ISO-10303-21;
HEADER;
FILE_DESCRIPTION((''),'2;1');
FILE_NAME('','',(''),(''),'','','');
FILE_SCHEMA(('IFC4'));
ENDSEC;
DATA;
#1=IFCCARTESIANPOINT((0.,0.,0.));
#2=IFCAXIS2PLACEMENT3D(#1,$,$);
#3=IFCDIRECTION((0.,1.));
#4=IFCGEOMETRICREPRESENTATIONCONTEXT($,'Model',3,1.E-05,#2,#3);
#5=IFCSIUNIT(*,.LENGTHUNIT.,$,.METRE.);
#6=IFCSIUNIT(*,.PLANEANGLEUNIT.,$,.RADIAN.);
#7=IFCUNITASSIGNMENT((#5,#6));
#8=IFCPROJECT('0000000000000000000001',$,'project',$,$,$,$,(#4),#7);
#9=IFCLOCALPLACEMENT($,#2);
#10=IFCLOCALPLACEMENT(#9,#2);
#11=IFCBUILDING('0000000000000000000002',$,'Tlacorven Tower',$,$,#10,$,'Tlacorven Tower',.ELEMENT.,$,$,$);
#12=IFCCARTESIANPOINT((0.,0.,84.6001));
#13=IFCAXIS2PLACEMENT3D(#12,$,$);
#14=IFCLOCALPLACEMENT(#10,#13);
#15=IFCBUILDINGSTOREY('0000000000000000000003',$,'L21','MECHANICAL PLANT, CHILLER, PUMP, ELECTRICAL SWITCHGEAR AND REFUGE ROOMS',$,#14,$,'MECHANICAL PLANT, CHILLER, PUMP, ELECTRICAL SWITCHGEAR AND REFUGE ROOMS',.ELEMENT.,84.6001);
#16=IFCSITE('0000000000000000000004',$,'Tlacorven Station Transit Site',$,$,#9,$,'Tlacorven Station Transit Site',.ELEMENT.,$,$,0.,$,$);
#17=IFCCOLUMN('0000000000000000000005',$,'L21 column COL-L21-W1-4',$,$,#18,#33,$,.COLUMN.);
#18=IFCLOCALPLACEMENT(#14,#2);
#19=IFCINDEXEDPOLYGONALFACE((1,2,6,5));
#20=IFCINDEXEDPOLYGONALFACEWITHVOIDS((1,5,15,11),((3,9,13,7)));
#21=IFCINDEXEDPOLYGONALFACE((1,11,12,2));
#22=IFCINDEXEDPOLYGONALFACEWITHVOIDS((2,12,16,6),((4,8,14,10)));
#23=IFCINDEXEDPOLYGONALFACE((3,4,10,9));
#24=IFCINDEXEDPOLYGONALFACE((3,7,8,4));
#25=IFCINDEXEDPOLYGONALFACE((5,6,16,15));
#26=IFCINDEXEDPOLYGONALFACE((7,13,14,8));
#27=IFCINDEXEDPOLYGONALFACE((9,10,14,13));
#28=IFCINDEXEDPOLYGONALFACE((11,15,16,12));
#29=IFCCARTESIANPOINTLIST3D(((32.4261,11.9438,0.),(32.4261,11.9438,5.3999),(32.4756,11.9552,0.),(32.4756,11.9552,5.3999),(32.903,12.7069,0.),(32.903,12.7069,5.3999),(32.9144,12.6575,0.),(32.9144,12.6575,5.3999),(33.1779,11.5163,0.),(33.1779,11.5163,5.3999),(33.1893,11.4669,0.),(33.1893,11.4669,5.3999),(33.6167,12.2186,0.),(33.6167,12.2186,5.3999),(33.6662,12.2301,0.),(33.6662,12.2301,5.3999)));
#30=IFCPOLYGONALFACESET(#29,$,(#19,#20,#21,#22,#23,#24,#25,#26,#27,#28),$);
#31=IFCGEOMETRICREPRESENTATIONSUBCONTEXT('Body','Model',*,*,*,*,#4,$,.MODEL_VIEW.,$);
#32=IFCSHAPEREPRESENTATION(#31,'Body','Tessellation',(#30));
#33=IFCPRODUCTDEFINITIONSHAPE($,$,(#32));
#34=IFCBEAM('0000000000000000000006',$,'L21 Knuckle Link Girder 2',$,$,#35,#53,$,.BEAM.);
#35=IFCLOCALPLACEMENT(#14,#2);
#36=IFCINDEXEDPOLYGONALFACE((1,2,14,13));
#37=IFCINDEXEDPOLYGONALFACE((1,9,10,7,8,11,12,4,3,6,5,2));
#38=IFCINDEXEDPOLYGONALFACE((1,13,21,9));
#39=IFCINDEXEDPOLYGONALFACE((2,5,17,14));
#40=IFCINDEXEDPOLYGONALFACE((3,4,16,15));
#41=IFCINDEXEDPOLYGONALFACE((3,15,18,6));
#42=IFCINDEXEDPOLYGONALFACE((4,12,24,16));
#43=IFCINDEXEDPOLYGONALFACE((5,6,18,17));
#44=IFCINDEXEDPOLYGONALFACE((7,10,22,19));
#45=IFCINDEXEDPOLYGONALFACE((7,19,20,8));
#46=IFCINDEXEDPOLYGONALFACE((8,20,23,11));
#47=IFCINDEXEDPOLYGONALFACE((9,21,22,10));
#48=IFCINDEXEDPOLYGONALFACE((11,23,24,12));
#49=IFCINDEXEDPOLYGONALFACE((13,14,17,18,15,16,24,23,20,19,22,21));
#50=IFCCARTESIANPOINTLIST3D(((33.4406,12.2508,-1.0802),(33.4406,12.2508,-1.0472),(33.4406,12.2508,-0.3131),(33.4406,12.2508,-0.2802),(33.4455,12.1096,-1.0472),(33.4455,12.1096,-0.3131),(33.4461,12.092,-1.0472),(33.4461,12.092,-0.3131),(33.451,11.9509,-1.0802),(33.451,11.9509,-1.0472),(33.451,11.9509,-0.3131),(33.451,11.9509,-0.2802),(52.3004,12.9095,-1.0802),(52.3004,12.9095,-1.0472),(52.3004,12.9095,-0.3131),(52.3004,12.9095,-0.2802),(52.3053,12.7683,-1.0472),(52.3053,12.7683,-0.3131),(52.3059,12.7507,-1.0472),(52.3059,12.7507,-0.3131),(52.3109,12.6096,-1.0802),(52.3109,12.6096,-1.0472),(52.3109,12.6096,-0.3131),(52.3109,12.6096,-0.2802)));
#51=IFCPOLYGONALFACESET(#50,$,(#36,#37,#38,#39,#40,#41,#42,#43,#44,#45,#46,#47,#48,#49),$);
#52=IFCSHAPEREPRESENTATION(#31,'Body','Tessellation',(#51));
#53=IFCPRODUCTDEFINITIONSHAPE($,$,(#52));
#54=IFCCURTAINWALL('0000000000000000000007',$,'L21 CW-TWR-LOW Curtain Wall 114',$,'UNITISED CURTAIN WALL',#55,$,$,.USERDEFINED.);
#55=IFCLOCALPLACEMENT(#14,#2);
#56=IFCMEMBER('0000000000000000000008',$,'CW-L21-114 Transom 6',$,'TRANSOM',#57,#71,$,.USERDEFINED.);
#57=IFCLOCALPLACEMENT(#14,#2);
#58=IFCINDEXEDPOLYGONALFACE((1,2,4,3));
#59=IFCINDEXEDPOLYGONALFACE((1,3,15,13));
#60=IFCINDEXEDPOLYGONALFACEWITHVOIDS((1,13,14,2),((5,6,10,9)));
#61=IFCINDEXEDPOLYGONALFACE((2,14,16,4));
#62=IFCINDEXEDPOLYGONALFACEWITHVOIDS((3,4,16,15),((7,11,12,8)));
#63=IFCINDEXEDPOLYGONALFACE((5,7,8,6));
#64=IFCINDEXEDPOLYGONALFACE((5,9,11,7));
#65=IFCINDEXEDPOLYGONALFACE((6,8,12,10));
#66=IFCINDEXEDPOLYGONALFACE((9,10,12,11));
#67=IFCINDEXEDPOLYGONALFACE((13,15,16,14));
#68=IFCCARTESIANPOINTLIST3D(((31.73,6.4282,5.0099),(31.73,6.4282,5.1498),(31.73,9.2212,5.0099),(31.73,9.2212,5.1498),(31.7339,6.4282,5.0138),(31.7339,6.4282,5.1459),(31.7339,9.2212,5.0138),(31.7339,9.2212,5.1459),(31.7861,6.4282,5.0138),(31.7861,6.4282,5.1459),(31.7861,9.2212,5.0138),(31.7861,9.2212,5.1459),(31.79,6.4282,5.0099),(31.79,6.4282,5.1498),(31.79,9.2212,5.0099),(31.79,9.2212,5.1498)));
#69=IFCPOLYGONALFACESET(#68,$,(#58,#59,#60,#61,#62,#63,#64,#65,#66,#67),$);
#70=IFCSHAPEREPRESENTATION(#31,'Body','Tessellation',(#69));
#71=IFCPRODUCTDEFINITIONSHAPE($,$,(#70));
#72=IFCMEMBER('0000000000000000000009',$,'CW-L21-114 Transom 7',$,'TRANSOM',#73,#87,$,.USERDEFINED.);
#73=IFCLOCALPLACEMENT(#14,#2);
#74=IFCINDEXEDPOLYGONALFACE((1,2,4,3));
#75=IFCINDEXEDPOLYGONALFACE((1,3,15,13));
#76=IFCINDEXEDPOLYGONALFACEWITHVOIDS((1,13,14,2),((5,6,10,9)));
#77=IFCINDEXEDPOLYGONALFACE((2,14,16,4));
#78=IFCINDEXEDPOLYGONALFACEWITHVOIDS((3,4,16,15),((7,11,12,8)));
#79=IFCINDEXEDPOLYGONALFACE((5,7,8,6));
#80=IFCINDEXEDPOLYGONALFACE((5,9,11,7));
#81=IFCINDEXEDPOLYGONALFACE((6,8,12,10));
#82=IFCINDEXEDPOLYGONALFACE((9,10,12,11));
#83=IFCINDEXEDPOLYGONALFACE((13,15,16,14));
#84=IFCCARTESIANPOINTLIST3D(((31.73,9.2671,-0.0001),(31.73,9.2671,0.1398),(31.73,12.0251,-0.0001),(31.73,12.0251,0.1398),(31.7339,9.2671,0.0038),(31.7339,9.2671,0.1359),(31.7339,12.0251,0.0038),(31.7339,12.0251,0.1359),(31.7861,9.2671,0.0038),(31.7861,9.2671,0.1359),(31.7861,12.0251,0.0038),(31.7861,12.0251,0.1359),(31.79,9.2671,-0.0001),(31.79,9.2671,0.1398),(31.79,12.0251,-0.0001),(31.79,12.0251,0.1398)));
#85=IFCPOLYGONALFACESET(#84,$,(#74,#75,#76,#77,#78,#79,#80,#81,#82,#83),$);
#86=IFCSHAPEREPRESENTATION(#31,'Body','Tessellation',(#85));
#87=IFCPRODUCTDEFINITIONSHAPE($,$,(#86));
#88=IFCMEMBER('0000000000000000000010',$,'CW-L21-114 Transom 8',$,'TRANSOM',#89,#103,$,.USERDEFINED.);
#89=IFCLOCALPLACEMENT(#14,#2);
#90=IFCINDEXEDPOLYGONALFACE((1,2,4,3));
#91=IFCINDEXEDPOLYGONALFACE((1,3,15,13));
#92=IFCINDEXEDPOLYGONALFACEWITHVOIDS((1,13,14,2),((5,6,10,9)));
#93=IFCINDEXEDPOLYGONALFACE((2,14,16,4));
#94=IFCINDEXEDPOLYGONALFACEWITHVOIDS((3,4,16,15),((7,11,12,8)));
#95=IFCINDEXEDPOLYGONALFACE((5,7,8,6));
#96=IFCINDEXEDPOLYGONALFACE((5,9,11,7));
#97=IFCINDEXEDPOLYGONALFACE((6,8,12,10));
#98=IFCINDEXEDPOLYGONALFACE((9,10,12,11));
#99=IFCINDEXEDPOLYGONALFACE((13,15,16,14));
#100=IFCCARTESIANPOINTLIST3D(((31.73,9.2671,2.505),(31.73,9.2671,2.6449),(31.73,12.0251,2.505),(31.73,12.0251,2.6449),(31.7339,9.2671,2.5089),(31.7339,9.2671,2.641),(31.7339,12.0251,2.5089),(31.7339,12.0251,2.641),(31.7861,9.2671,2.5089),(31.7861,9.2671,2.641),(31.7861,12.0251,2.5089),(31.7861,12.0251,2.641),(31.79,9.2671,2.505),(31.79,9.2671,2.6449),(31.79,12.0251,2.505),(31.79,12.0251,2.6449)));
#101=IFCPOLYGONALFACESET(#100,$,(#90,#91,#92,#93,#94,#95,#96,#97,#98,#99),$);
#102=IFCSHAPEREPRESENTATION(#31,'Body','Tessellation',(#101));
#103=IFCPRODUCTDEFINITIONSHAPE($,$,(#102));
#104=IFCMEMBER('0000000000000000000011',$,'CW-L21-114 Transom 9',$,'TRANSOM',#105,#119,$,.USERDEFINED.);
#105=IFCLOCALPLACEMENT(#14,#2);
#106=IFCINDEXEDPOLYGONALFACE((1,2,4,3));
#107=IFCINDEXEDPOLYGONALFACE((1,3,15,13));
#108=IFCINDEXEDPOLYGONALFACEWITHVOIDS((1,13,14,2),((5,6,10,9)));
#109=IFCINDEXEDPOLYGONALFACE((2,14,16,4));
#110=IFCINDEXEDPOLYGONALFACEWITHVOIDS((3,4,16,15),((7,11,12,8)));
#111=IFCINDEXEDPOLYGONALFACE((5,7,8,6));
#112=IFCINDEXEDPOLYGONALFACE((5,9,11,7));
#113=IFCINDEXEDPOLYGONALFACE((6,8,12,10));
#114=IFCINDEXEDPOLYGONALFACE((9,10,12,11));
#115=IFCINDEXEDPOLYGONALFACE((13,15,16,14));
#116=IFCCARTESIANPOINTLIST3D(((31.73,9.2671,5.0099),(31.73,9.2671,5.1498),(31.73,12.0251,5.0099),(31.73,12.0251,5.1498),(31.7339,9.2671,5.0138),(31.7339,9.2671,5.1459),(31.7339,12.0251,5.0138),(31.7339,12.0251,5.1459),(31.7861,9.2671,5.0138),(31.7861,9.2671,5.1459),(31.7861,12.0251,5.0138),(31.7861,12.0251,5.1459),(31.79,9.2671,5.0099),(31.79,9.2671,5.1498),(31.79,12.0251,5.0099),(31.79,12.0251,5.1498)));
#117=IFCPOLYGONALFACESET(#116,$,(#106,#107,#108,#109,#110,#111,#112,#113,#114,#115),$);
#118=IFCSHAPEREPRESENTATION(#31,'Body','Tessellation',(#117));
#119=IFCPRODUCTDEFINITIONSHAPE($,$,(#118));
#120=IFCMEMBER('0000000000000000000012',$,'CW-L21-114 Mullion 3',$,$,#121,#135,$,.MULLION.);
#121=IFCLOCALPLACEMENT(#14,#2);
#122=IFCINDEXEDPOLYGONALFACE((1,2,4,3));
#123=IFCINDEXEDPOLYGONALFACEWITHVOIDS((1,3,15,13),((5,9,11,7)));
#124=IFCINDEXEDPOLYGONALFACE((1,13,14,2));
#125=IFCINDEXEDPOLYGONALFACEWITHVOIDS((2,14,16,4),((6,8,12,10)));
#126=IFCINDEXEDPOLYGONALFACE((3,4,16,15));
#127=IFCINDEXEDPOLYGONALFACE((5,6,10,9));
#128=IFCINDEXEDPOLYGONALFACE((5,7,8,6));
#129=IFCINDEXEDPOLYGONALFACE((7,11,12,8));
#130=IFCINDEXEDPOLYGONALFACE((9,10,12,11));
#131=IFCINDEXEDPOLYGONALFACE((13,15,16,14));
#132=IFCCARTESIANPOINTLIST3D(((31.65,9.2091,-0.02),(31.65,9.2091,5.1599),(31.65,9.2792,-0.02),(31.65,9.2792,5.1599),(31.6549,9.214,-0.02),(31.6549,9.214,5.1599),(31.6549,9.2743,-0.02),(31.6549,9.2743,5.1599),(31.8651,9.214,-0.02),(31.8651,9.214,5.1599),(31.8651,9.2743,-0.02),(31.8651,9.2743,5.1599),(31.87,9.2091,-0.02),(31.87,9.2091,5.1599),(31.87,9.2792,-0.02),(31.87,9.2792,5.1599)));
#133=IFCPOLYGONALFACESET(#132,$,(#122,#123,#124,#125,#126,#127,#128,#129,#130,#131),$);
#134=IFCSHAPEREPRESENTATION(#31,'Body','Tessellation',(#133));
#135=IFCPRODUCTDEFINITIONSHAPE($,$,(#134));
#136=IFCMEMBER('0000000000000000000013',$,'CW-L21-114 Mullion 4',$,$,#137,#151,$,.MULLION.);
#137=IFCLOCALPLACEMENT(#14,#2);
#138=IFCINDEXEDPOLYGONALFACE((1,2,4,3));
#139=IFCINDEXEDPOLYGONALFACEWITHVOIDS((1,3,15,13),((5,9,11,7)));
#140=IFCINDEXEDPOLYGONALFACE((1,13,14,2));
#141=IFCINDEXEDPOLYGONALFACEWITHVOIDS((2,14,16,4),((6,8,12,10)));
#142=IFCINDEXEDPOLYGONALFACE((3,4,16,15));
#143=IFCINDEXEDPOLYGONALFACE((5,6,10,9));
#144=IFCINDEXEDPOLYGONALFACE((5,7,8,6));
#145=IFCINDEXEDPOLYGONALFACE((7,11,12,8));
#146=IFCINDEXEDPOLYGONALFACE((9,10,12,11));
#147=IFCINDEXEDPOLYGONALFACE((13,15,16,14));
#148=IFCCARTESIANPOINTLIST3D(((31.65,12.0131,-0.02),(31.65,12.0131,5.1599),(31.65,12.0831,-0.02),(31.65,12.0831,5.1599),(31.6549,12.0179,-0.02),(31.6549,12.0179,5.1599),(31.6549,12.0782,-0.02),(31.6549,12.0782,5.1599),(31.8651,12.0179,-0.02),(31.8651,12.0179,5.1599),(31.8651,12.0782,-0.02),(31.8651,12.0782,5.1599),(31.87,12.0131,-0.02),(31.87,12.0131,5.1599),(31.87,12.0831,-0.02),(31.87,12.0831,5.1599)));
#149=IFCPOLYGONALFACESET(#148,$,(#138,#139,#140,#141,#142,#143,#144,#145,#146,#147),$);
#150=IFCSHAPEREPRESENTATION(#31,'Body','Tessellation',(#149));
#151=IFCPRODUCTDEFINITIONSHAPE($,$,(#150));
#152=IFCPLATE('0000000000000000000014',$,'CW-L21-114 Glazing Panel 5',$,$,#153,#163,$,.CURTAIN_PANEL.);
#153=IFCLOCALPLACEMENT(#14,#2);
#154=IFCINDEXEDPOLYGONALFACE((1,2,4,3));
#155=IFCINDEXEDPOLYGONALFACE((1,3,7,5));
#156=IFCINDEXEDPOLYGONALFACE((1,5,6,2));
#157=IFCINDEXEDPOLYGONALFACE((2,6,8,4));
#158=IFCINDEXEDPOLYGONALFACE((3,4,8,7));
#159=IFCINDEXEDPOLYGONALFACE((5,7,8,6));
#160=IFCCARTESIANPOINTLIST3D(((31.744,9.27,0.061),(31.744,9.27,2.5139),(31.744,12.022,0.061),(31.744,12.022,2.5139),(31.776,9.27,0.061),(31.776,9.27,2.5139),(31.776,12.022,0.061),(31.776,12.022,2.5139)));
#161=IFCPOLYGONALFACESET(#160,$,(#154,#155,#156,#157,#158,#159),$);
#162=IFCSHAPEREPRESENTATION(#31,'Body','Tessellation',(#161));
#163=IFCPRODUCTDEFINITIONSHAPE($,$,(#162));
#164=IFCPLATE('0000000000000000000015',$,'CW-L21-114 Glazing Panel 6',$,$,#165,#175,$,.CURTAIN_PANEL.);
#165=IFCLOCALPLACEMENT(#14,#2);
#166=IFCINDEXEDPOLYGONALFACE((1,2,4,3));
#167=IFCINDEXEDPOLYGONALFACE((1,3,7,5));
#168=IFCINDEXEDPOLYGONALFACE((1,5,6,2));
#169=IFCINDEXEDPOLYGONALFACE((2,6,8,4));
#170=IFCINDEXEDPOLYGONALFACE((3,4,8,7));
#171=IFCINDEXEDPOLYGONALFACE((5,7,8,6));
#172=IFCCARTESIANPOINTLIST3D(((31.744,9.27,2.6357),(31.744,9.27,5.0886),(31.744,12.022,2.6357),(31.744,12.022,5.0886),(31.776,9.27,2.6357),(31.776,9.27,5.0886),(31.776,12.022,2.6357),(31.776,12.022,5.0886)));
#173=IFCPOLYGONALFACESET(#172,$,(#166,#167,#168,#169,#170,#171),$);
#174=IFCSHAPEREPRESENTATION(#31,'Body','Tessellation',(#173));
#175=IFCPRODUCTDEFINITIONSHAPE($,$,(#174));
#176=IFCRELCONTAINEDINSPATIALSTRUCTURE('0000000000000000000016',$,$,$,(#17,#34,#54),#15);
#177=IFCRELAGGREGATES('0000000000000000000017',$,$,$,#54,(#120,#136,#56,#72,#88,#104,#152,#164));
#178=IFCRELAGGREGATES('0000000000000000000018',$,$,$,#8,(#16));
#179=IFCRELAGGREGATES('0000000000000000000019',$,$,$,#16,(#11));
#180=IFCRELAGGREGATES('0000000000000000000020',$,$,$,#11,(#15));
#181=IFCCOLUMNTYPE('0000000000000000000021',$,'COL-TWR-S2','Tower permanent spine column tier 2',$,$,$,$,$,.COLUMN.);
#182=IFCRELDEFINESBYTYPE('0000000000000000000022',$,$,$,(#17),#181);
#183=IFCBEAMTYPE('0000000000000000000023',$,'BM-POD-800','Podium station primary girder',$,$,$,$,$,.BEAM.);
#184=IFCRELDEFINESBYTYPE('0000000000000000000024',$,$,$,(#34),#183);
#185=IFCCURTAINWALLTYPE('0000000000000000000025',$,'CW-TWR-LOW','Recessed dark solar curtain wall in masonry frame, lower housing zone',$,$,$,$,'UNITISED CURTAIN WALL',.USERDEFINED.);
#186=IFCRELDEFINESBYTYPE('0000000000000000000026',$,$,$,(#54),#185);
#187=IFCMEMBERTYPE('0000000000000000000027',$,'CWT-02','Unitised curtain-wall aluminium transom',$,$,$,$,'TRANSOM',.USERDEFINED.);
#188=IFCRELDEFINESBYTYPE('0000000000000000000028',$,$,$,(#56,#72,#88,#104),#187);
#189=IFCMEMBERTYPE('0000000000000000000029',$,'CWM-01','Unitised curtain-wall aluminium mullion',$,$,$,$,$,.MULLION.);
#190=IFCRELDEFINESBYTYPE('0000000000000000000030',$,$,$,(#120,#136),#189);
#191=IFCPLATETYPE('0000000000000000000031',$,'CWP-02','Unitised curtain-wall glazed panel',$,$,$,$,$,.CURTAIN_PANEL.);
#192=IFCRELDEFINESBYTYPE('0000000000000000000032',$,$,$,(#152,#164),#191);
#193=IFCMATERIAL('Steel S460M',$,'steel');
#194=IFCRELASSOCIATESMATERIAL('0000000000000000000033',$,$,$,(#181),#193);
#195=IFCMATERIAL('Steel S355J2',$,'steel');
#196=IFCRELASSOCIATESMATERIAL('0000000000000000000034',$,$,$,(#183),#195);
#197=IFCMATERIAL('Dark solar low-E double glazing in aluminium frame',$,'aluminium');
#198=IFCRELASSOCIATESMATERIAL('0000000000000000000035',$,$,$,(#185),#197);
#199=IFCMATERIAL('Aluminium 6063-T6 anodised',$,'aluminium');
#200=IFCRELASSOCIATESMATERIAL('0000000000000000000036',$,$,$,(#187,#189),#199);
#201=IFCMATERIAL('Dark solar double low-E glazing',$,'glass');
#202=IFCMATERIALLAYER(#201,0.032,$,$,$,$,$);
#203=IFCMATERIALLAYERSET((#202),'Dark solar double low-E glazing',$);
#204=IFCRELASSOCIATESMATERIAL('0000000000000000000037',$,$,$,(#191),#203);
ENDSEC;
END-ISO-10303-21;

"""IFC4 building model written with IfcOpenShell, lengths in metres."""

from ifc_helpers import new_model, si_unit, direction, frame, origin, origin_2d, place, context, subcontext, project, spatial, rectangle, hollow_rectangle, i_section, extrude, source, transform, mapped, material, layer, layer_set, material_profile, profile_set, type_object, element, aggregate, save


model = new_model("IFC4")

# Units and contexts
model_context = context("Model", 3, precision=1e-05, world=origin(), true_north=direction((0.0, 1.0)))
body_context = subcontext(model_context, "Body", "Model", "MODEL_VIEW")
ifc_project = project(units=[si_unit("LENGTHUNIT", "METRE"), si_unit("PLANEANGLEUNIT", "RADIAN")], contexts=[model_context])

# Site, building, storey
site_placement = place(None, origin())
site = spatial("IfcSite", under=ifc_project, at=site_placement, Name="Tlacorven Station Transit Site", LongName="Tlacorven Station Transit Site", CompositionType="ELEMENT", RefElevation=0.0)
building_placement = place(site_placement, origin())
building = spatial("IfcBuilding", under=site, at=building_placement, Name="Tlacorven Tower", LongName="Tlacorven Tower", CompositionType="ELEMENT")
storey_placement = place(building_placement, frame((0.0, 0.0, 84.6001)))
storey = spatial("IfcBuildingStorey", under=building, at=storey_placement, Name="L21", Description="MECHANICAL PLANT, CHILLER, PUMP, ELECTRICAL SWITCHGEAR AND REFUGE ROOMS", LongName="MECHANICAL PLANT, CHILLER, PUMP, ELECTRICAL SWITCHGEAR AND REFUGE ROOMS", CompositionType="ELEMENT", Elevation=84.6001)

# Column
ifc_material_1 = material(Name="Steel S460M", Category="steel")
ifc_material_profile_1 = material_profile(ifc_material_1, hollow_rectangle(XDim=0.8999, YDim=0.8999, WallThickness=0.0359, at=origin_2d()), Name="BOX 900X900X36")
ifc_profile_set_1 = profile_set([ifc_material_profile_1], Name="Steel S460M")
column_type = type_object("IfcColumnType", Name="COL-TWR-S2", Description="Tower permanent spine column tier 2", PredefinedType="COLUMN", material=ifc_profile_set_1)
shared_shape_1 = source(origin(), body_context, "Body", "SweptSolid", [
    extrude(hollow_rectangle(XDim=0.8999, YDim=0.8999, WallThickness=0.0359, at=origin_2d()), origin(), (0.0, 0.0, 1.0), 5.3999),
])
column_placement = place(storey_placement, frame((33.0461, 12.0869, 0.0), z_axis=(0.0, 0.0, 1.0), x_axis=(-0.848048, 0.529919, 0.0)))
element("IfcColumn", 1, at=column_placement, inside=storey, type_object=column_type, Name="L21 column COL-L21-W1-4", PredefinedType="COLUMN", context=body_context, shape_type="MappedRepresentation", body=[
    mapped(shared_shape_1, transform((0.0, 0.0, 0.0), scale=1.0)),
])

# Beam
ifc_material_2 = material(Name="Steel S355J2", Category="steel")
ifc_material_profile_2 = material_profile(ifc_material_2, i_section(OverallWidth=0.3, OverallDepth=0.8, WebThickness=0.0176, FlangeThickness=0.033, at=origin_2d()), Name="HEB 800")
ifc_profile_set_2 = profile_set([ifc_material_profile_2], Name="Steel S355J2")
beam_type = type_object("IfcBeamType", Name="BM-POD-800", Description="Podium station primary girder", PredefinedType="BEAM", material=ifc_profile_set_2)
shared_shape_2 = source(origin(), body_context, "Body", "SweptSolid", [
    extrude(i_section(OverallWidth=0.3, OverallDepth=0.8, WebThickness=0.0176, FlangeThickness=0.033, at=origin_2d()), origin(), (0.0, 0.0, 1.0), 18.8713),
])
beam_placement = place(storey_placement, frame((33.4458, 12.1008, -0.6802), z_axis=(0.999391, 0.034904, 0.0), x_axis=(-0.034904, 0.999391, 0.0)))
element("IfcBeam", 2, at=beam_placement, inside=storey, type_object=beam_type, Name="L21 Knuckle Link Girder 2", PredefinedType="BEAM", context=body_context, shape_type="MappedRepresentation", body=[
    mapped(shared_shape_2, transform((0.0, 0.0, 0.0), scale=1.0)),
])

# Curtain wall, members, plates
ifc_material_3 = material(Name="Dark solar low-E double glazing in aluminium frame", Category="aluminium")
curtain_wall_type = type_object("IfcCurtainWallType", Name="CW-TWR-LOW", Description="Recessed dark solar curtain wall in masonry frame, lower housing zone", ElementType="UNITISED CURTAIN WALL", PredefinedType="USERDEFINED", material=ifc_material_3)
curtain_wall_placement = place(storey_placement, origin())
curtain_wall = element("IfcCurtainWall", 3, at=curtain_wall_placement, inside=storey, type_object=curtain_wall_type, Name="L21 CW-TWR-LOW Curtain Wall 114", ObjectType="UNITISED CURTAIN WALL", PredefinedType="USERDEFINED")
ifc_material_4 = material(Name="Aluminium 6063-T6 anodised", Category="aluminium")
ifc_material_profile_3 = material_profile(ifc_material_4, hollow_rectangle(XDim=0.0601, YDim=0.1399, WallThickness=0.0039, at=origin_2d()), Name="ALU TRANSOM 60X140")
ifc_profile_set_3 = profile_set([ifc_material_profile_3], Name="Aluminium 6063-T6 anodised")
member_type_1 = type_object("IfcMemberType", Name="CWT-02", Description="Unitised curtain-wall aluminium transom", ElementType="TRANSOM", PredefinedType="USERDEFINED", material=ifc_profile_set_3)
shared_shape_3 = source(origin(), body_context, "Body", "SweptSolid", [
    extrude(hollow_rectangle(XDim=0.0601, YDim=0.1399, WallThickness=0.0039, at=origin_2d()), origin(), (0.0, 0.0, 1.0), 2.793),
])
member_1_placement = place(storey_placement, frame((31.76, 6.4282, 5.0798), z_axis=(0.0, 1.0, 0.0), x_axis=(-1.0, 0.0, 0.0)))
member_1 = element("IfcMember", 4, at=member_1_placement, type_object=member_type_1, Name="CW-L21-114 Transom 6", ObjectType="TRANSOM", PredefinedType="USERDEFINED", context=body_context, shape_type="MappedRepresentation", body=[
    mapped(shared_shape_3, transform((0.0, 0.0, 0.0), scale=1.0)),
])
shared_shape_4 = source(origin(), body_context, "Body", "SweptSolid", [
    extrude(hollow_rectangle(XDim=0.0601, YDim=0.1399, WallThickness=0.0039, at=origin_2d()), origin(), (0.0, 0.0, 1.0), 2.7581),
])
member_2_placement = place(storey_placement, frame((31.76, 9.2671, 0.0698), z_axis=(0.0, 1.0, 0.0), x_axis=(-1.0, 0.0, 0.0)))
member_2 = element("IfcMember", 5, at=member_2_placement, type_object=member_type_1, Name="CW-L21-114 Transom 7", ObjectType="TRANSOM", PredefinedType="USERDEFINED", context=body_context, shape_type="MappedRepresentation", body=[
    mapped(shared_shape_4, transform((0.0, 0.0, 0.0), scale=1.0)),
])
member_3_placement = place(storey_placement, frame((31.76, 9.2671, 2.575), z_axis=(0.0, 1.0, 0.0), x_axis=(-1.0, 0.0, 0.0)))
member_3 = element("IfcMember", 6, at=member_3_placement, type_object=member_type_1, Name="CW-L21-114 Transom 8", ObjectType="TRANSOM", PredefinedType="USERDEFINED", context=body_context, shape_type="MappedRepresentation", body=[
    mapped(shared_shape_4, transform((0.0, 0.0, 0.0), scale=1.0)),
])
member_4_placement = place(storey_placement, frame((31.76, 9.2671, 5.0798), z_axis=(0.0, 1.0, 0.0), x_axis=(-1.0, 0.0, 0.0)))
member_4 = element("IfcMember", 7, at=member_4_placement, type_object=member_type_1, Name="CW-L21-114 Transom 9", ObjectType="TRANSOM", PredefinedType="USERDEFINED", context=body_context, shape_type="MappedRepresentation", body=[
    mapped(shared_shape_4, transform((0.0, 0.0, 0.0), scale=1.0)),
])
ifc_material_profile_4 = material_profile(ifc_material_4, hollow_rectangle(XDim=0.0701, YDim=0.22, WallThickness=0.0049, at=origin_2d()), Name="ALU MULLION 70X220")
ifc_profile_set_4 = profile_set([ifc_material_profile_4], Name="Aluminium 6063-T6 anodised")
member_type_2 = type_object("IfcMemberType", Name="CWM-01", Description="Unitised curtain-wall aluminium mullion", PredefinedType="MULLION", material=ifc_profile_set_4)
shared_shape_5 = source(origin(), body_context, "Body", "SweptSolid", [
    extrude(hollow_rectangle(XDim=0.0701, YDim=0.22, WallThickness=0.0049, at=origin_2d()), origin(), (0.0, 0.0, 1.0), 5.1799),
])
member_5_placement = place(storey_placement, frame((31.76, 9.2441, -0.02), z_axis=(0.0, 0.0, 1.0), x_axis=(0.0, 1.0, 0.0)))
member_5 = element("IfcMember", 8, at=member_5_placement, type_object=member_type_2, Name="CW-L21-114 Mullion 3", PredefinedType="MULLION", context=body_context, shape_type="MappedRepresentation", body=[
    mapped(shared_shape_5, transform((0.0, 0.0, 0.0), scale=1.0)),
])
member_6_placement = place(storey_placement, frame((31.76, 12.0481, -0.02), z_axis=(0.0, 0.0, 1.0), x_axis=(0.0, 1.0, 0.0)))
member_6 = element("IfcMember", 9, at=member_6_placement, type_object=member_type_2, Name="CW-L21-114 Mullion 4", PredefinedType="MULLION", context=body_context, shape_type="MappedRepresentation", body=[
    mapped(shared_shape_5, transform((0.0, 0.0, 0.0), scale=1.0)),
])
ifc_material_5 = material(Name="Dark solar double low-E glazing", Category="glass")
ifc_layer_1 = layer(ifc_material_5, 0.032)
ifc_layer_set_1 = layer_set([ifc_layer_1], Name="Dark solar double low-E glazing")
plate_type = type_object("IfcPlateType", Name="CWP-02", Description="Unitised curtain-wall glazed panel", PredefinedType="CURTAIN_PANEL", material=ifc_layer_set_1)
shared_shape_6 = source(origin(), body_context, "Body", "SweptSolid", [
    extrude(rectangle(XDim=2.752, YDim=0.032, at=origin_2d()), origin(), (0.0, 0.0, 1.0), 2.4529),
])
plate_1_placement = place(storey_placement, frame((31.76, 10.646, 0.061), z_axis=(0.0, 0.0, 1.0), x_axis=(0.0, 1.0, 0.0)))
plate_1 = element("IfcPlate", 10, at=plate_1_placement, type_object=plate_type, Name="CW-L21-114 Glazing Panel 5", PredefinedType="CURTAIN_PANEL", context=body_context, shape_type="MappedRepresentation", body=[
    mapped(shared_shape_6, transform((0.0, 0.0, 0.0), scale=1.0)),
])
plate_2_placement = place(storey_placement, frame((31.76, 10.646, 2.6357), z_axis=(0.0, 0.0, 1.0), x_axis=(0.0, 1.0, 0.0)))
plate_2 = element("IfcPlate", 11, at=plate_2_placement, type_object=plate_type, Name="CW-L21-114 Glazing Panel 6", PredefinedType="CURTAIN_PANEL", context=body_context, shape_type="MappedRepresentation", body=[
    mapped(shared_shape_6, transform((0.0, 0.0, 0.0), scale=1.0)),
])
aggregate(curtain_wall, [member_5, member_6, member_1, member_2, member_3, member_4, plate_1, plate_2])

save(model, "model.ifc")
